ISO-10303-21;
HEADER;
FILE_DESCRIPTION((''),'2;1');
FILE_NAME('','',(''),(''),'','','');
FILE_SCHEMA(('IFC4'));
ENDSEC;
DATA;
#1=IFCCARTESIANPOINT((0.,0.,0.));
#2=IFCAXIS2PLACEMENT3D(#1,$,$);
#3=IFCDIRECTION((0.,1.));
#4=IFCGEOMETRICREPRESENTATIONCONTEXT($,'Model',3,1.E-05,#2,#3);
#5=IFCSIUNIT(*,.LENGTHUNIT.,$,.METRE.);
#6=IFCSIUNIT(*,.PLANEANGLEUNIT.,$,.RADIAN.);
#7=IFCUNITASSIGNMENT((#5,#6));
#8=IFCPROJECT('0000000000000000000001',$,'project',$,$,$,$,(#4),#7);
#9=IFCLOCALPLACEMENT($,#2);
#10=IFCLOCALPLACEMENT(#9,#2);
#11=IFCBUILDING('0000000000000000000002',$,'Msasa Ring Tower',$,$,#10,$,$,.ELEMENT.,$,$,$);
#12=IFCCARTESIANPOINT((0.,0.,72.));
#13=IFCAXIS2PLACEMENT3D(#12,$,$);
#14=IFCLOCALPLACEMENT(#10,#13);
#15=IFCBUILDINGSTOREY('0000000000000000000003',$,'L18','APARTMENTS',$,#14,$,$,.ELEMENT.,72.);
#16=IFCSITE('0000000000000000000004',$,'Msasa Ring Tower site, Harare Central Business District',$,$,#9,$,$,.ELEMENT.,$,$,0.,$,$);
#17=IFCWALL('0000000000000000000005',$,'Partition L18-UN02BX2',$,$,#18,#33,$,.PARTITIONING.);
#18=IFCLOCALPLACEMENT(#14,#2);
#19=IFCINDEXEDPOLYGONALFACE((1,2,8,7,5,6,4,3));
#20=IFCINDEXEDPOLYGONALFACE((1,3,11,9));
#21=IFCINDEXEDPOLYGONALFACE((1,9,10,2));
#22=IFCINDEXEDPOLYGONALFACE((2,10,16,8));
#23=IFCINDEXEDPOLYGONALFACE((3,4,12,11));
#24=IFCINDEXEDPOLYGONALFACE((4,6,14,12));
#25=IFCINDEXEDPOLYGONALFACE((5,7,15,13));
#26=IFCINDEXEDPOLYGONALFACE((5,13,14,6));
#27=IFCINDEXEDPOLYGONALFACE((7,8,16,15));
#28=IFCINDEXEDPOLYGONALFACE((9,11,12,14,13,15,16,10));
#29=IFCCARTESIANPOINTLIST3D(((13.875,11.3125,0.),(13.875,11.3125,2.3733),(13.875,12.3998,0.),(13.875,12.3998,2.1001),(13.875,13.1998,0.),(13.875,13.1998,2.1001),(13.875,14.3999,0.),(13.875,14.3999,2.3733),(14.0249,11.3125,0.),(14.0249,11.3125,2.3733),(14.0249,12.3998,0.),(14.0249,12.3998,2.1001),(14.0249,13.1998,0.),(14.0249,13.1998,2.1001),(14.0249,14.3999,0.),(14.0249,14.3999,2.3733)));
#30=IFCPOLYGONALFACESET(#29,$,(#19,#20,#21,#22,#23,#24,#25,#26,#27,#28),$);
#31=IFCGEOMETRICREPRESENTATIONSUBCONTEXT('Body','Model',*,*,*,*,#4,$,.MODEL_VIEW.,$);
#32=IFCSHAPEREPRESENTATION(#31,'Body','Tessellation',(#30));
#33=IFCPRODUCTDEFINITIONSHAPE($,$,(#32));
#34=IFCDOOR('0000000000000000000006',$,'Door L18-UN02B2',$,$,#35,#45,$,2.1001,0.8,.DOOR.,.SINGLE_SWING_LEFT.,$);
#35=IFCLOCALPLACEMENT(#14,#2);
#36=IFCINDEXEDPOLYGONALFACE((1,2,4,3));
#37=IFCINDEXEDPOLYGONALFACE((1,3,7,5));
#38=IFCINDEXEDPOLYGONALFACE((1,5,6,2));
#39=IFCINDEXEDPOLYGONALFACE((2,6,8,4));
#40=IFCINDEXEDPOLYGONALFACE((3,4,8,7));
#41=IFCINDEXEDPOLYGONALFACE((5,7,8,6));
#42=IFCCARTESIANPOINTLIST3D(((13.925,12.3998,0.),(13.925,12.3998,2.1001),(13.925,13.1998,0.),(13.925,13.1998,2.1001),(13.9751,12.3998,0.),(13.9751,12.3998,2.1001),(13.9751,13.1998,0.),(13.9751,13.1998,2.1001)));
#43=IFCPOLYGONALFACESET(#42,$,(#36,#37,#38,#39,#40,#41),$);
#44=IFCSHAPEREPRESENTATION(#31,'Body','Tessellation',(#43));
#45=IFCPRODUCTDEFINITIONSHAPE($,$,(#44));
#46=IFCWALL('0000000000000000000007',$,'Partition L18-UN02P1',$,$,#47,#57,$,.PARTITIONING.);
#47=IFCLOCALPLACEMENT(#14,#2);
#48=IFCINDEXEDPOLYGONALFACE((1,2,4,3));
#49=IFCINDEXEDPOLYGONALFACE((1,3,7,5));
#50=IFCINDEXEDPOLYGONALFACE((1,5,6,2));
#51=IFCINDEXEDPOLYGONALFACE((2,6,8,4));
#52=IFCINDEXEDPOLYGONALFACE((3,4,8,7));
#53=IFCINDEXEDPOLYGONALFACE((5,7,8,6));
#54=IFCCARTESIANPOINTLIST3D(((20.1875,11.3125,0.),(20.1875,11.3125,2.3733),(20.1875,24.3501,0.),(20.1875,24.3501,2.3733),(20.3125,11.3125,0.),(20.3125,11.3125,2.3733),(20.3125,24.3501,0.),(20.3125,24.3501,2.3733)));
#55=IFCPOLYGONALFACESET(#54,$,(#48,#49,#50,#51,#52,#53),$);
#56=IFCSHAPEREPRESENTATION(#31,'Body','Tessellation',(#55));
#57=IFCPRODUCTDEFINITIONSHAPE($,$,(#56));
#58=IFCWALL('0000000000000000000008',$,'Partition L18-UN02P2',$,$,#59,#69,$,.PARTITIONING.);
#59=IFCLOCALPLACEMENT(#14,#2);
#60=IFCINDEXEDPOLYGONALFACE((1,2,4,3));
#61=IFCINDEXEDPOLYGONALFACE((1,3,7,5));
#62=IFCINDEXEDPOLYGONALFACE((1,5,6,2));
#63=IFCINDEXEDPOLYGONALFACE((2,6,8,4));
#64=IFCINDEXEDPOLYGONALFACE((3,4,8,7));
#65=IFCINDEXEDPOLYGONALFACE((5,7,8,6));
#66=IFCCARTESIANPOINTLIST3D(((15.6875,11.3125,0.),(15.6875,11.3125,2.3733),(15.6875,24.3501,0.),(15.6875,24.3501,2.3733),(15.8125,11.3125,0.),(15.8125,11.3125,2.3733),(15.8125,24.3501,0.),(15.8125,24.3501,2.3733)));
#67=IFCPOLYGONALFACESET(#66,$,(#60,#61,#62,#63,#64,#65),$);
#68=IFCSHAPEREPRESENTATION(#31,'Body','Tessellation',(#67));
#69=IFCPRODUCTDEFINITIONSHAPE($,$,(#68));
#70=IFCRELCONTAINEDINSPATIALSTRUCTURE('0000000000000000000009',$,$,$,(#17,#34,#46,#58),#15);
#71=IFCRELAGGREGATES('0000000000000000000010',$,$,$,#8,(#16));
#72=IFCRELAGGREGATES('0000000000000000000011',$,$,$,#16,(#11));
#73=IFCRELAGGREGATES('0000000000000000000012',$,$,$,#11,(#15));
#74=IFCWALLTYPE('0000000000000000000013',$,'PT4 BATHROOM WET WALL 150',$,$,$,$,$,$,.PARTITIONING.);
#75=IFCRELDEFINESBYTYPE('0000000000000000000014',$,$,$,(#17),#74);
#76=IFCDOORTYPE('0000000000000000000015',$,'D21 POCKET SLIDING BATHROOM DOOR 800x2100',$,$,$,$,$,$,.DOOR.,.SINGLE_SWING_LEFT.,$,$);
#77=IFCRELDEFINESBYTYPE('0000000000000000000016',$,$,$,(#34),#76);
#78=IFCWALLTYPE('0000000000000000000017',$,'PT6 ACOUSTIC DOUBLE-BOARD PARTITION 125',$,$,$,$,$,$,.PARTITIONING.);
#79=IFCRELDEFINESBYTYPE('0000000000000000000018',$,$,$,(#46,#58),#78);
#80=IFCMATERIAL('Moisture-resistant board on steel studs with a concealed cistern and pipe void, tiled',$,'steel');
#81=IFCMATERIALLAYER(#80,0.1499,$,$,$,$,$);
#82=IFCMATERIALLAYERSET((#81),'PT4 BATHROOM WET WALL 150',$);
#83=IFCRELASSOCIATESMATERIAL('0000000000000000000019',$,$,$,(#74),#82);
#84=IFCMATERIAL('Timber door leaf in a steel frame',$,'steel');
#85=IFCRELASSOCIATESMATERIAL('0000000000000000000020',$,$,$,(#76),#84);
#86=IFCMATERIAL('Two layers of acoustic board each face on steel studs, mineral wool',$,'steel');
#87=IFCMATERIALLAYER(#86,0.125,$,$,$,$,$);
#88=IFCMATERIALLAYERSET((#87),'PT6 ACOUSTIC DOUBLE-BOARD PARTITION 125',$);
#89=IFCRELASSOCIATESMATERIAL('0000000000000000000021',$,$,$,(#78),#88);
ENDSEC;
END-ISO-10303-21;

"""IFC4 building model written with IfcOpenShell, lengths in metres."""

from ifc_helpers import new_model, si_unit, direction, frame, frame_2d, origin, place, context, subcontext, project, spatial, rectangle, extrude, material, layer, layer_set, type_object, element, fill, save


model = new_model("IFC4")

# Units and contexts
model_context = context("Model", 3, precision=1e-05, world=origin(), true_north=direction((0.0, 1.0)))
body_context = subcontext(model_context, "Body", "Model", "MODEL_VIEW")
ifc_project = project(units=[si_unit("LENGTHUNIT", "METRE"), si_unit("PLANEANGLEUNIT", "RADIAN")], contexts=[model_context])

# Site, building, storey
site_placement = place(None, origin())
site = spatial("IfcSite", under=ifc_project, at=site_placement, Name="Msasa Ring Tower site, Harare Central Business District", CompositionType="ELEMENT", RefElevation=0.0)
building_placement = place(site_placement, origin())
building = spatial("IfcBuilding", under=site, at=building_placement, Name="Msasa Ring Tower", CompositionType="ELEMENT")
storey_placement = place(building_placement, frame((0.0, 0.0, 72.0)))
storey = spatial("IfcBuildingStorey", under=building, at=storey_placement, Name="L18", Description="APARTMENTS", CompositionType="ELEMENT", Elevation=72.0)

# Shared definitions
ifc_material_1 = material(Name="Moisture-resistant board on steel studs with a concealed cistern and pipe void, tiled", Category="steel")
ifc_layer_1 = layer(ifc_material_1, 0.1499)
ifc_layer_set_1 = layer_set([ifc_layer_1], Name="PT4 BATHROOM WET WALL 150")
wall_type_1 = type_object("IfcWallType", Name="PT4 BATHROOM WET WALL 150", PredefinedType="PARTITIONING", material=ifc_layer_set_1)
ifc_material_2 = material(Name="Timber door leaf in a steel frame", Category="steel")
door_type_1 = type_object("IfcDoorType", Name="D21 POCKET SLIDING BATHROOM DOOR 800x2100", OperationType="SINGLE_SWING_LEFT", PredefinedType="DOOR", material=ifc_material_2)

# Wall, opening, door
wall_1_placement = place(storey_placement, frame((13.95, 11.3125, 0.0), z_axis=(0.0, 0.0, 1.0), x_axis=(0.0, 1.0, 0.0)))
wall_1 = element("IfcWall", 1, at=wall_1_placement, inside=storey, type_object=wall_type_1, Name="Partition L18-UN02BX2", PredefinedType="PARTITIONING", context=body_context, shape_type="SweptSolid", body=[
    extrude(rectangle(XDim=3.0874, YDim=0.1499, at=frame_2d((1.5437, 0.0))), origin(), (0.0, 0.0, 1.0), 2.3733),
])
opening_1_placement = place(wall_1_placement, frame((1.0874, 0.0, 0.0)))
opening_1 = element("IfcOpeningElement", 2, at=opening_1_placement, cuts=wall_1, PredefinedType="OPENING", context=body_context, shape_type="SweptSolid", body=[
    extrude(rectangle(XDim=0.8, YDim=2.1001, at=frame_2d((0.3999, 1.05))), frame((0.0, 0.085, 0.0), z_axis=(0.0, -1.0, 0.0), x_axis=(1.0, 0.0, 0.0)), (0.0, 0.0, 1.0), 0.1699),
])
door_1_placement = place(opening_1_placement, origin())
door_1 = element("IfcDoor", 3, at=door_1_placement, inside=storey, type_object=door_type_1, Name="Door L18-UN02B2", OperationType="SINGLE_SWING_LEFT", OverallHeight=2.1001, OverallWidth=0.8, PredefinedType="DOOR", context=body_context, shape_type="SweptSolid", body=[
    extrude(rectangle(XDim=0.8, YDim=2.1001, at=frame_2d((0.3999, 1.05))), frame((0.0, 0.0249, 0.0), z_axis=(0.0, -1.0, 0.0), x_axis=(1.0, 0.0, 0.0)), (0.0, 0.0, 1.0), 0.05),
])
fill(opening_1, door_1)

# Walls
ifc_material_3 = material(Name="Two layers of acoustic board each face on steel studs, mineral wool", Category="steel")
ifc_layer_2 = layer(ifc_material_3, 0.125)
ifc_layer_set_2 = layer_set([ifc_layer_2], Name="PT6 ACOUSTIC DOUBLE-BOARD PARTITION 125")
wall_type_2 = type_object("IfcWallType", Name="PT6 ACOUSTIC DOUBLE-BOARD PARTITION 125", PredefinedType="PARTITIONING", material=ifc_layer_set_2)
for number, where, z_axis, x_axis, name in (
    (4, (20.25, 11.3125, 0.0), (0.0, 0.0, 1.0), (0.0, 1.0, 0.0), "Partition L18-UN02P1"),
    (5, (15.75, 11.3125, 0.0), (0.0, 0.0, 1.0), (0.0, 1.0, 0.0), "Partition L18-UN02P2"),
):
    element("IfcWall", number, at=place(storey_placement, frame(where, z_axis=z_axis, x_axis=x_axis)), inside=storey, type_object=wall_type_2, Name=name, PredefinedType="PARTITIONING", context=body_context, shape_type="SweptSolid", body=[
        extrude(rectangle(XDim=13.0376, YDim=0.125, at=frame_2d((6.5188, 0.0))), origin(), (0.0, 0.0, 1.0), 2.3733),
    ])

save(model, "model.ifc")
